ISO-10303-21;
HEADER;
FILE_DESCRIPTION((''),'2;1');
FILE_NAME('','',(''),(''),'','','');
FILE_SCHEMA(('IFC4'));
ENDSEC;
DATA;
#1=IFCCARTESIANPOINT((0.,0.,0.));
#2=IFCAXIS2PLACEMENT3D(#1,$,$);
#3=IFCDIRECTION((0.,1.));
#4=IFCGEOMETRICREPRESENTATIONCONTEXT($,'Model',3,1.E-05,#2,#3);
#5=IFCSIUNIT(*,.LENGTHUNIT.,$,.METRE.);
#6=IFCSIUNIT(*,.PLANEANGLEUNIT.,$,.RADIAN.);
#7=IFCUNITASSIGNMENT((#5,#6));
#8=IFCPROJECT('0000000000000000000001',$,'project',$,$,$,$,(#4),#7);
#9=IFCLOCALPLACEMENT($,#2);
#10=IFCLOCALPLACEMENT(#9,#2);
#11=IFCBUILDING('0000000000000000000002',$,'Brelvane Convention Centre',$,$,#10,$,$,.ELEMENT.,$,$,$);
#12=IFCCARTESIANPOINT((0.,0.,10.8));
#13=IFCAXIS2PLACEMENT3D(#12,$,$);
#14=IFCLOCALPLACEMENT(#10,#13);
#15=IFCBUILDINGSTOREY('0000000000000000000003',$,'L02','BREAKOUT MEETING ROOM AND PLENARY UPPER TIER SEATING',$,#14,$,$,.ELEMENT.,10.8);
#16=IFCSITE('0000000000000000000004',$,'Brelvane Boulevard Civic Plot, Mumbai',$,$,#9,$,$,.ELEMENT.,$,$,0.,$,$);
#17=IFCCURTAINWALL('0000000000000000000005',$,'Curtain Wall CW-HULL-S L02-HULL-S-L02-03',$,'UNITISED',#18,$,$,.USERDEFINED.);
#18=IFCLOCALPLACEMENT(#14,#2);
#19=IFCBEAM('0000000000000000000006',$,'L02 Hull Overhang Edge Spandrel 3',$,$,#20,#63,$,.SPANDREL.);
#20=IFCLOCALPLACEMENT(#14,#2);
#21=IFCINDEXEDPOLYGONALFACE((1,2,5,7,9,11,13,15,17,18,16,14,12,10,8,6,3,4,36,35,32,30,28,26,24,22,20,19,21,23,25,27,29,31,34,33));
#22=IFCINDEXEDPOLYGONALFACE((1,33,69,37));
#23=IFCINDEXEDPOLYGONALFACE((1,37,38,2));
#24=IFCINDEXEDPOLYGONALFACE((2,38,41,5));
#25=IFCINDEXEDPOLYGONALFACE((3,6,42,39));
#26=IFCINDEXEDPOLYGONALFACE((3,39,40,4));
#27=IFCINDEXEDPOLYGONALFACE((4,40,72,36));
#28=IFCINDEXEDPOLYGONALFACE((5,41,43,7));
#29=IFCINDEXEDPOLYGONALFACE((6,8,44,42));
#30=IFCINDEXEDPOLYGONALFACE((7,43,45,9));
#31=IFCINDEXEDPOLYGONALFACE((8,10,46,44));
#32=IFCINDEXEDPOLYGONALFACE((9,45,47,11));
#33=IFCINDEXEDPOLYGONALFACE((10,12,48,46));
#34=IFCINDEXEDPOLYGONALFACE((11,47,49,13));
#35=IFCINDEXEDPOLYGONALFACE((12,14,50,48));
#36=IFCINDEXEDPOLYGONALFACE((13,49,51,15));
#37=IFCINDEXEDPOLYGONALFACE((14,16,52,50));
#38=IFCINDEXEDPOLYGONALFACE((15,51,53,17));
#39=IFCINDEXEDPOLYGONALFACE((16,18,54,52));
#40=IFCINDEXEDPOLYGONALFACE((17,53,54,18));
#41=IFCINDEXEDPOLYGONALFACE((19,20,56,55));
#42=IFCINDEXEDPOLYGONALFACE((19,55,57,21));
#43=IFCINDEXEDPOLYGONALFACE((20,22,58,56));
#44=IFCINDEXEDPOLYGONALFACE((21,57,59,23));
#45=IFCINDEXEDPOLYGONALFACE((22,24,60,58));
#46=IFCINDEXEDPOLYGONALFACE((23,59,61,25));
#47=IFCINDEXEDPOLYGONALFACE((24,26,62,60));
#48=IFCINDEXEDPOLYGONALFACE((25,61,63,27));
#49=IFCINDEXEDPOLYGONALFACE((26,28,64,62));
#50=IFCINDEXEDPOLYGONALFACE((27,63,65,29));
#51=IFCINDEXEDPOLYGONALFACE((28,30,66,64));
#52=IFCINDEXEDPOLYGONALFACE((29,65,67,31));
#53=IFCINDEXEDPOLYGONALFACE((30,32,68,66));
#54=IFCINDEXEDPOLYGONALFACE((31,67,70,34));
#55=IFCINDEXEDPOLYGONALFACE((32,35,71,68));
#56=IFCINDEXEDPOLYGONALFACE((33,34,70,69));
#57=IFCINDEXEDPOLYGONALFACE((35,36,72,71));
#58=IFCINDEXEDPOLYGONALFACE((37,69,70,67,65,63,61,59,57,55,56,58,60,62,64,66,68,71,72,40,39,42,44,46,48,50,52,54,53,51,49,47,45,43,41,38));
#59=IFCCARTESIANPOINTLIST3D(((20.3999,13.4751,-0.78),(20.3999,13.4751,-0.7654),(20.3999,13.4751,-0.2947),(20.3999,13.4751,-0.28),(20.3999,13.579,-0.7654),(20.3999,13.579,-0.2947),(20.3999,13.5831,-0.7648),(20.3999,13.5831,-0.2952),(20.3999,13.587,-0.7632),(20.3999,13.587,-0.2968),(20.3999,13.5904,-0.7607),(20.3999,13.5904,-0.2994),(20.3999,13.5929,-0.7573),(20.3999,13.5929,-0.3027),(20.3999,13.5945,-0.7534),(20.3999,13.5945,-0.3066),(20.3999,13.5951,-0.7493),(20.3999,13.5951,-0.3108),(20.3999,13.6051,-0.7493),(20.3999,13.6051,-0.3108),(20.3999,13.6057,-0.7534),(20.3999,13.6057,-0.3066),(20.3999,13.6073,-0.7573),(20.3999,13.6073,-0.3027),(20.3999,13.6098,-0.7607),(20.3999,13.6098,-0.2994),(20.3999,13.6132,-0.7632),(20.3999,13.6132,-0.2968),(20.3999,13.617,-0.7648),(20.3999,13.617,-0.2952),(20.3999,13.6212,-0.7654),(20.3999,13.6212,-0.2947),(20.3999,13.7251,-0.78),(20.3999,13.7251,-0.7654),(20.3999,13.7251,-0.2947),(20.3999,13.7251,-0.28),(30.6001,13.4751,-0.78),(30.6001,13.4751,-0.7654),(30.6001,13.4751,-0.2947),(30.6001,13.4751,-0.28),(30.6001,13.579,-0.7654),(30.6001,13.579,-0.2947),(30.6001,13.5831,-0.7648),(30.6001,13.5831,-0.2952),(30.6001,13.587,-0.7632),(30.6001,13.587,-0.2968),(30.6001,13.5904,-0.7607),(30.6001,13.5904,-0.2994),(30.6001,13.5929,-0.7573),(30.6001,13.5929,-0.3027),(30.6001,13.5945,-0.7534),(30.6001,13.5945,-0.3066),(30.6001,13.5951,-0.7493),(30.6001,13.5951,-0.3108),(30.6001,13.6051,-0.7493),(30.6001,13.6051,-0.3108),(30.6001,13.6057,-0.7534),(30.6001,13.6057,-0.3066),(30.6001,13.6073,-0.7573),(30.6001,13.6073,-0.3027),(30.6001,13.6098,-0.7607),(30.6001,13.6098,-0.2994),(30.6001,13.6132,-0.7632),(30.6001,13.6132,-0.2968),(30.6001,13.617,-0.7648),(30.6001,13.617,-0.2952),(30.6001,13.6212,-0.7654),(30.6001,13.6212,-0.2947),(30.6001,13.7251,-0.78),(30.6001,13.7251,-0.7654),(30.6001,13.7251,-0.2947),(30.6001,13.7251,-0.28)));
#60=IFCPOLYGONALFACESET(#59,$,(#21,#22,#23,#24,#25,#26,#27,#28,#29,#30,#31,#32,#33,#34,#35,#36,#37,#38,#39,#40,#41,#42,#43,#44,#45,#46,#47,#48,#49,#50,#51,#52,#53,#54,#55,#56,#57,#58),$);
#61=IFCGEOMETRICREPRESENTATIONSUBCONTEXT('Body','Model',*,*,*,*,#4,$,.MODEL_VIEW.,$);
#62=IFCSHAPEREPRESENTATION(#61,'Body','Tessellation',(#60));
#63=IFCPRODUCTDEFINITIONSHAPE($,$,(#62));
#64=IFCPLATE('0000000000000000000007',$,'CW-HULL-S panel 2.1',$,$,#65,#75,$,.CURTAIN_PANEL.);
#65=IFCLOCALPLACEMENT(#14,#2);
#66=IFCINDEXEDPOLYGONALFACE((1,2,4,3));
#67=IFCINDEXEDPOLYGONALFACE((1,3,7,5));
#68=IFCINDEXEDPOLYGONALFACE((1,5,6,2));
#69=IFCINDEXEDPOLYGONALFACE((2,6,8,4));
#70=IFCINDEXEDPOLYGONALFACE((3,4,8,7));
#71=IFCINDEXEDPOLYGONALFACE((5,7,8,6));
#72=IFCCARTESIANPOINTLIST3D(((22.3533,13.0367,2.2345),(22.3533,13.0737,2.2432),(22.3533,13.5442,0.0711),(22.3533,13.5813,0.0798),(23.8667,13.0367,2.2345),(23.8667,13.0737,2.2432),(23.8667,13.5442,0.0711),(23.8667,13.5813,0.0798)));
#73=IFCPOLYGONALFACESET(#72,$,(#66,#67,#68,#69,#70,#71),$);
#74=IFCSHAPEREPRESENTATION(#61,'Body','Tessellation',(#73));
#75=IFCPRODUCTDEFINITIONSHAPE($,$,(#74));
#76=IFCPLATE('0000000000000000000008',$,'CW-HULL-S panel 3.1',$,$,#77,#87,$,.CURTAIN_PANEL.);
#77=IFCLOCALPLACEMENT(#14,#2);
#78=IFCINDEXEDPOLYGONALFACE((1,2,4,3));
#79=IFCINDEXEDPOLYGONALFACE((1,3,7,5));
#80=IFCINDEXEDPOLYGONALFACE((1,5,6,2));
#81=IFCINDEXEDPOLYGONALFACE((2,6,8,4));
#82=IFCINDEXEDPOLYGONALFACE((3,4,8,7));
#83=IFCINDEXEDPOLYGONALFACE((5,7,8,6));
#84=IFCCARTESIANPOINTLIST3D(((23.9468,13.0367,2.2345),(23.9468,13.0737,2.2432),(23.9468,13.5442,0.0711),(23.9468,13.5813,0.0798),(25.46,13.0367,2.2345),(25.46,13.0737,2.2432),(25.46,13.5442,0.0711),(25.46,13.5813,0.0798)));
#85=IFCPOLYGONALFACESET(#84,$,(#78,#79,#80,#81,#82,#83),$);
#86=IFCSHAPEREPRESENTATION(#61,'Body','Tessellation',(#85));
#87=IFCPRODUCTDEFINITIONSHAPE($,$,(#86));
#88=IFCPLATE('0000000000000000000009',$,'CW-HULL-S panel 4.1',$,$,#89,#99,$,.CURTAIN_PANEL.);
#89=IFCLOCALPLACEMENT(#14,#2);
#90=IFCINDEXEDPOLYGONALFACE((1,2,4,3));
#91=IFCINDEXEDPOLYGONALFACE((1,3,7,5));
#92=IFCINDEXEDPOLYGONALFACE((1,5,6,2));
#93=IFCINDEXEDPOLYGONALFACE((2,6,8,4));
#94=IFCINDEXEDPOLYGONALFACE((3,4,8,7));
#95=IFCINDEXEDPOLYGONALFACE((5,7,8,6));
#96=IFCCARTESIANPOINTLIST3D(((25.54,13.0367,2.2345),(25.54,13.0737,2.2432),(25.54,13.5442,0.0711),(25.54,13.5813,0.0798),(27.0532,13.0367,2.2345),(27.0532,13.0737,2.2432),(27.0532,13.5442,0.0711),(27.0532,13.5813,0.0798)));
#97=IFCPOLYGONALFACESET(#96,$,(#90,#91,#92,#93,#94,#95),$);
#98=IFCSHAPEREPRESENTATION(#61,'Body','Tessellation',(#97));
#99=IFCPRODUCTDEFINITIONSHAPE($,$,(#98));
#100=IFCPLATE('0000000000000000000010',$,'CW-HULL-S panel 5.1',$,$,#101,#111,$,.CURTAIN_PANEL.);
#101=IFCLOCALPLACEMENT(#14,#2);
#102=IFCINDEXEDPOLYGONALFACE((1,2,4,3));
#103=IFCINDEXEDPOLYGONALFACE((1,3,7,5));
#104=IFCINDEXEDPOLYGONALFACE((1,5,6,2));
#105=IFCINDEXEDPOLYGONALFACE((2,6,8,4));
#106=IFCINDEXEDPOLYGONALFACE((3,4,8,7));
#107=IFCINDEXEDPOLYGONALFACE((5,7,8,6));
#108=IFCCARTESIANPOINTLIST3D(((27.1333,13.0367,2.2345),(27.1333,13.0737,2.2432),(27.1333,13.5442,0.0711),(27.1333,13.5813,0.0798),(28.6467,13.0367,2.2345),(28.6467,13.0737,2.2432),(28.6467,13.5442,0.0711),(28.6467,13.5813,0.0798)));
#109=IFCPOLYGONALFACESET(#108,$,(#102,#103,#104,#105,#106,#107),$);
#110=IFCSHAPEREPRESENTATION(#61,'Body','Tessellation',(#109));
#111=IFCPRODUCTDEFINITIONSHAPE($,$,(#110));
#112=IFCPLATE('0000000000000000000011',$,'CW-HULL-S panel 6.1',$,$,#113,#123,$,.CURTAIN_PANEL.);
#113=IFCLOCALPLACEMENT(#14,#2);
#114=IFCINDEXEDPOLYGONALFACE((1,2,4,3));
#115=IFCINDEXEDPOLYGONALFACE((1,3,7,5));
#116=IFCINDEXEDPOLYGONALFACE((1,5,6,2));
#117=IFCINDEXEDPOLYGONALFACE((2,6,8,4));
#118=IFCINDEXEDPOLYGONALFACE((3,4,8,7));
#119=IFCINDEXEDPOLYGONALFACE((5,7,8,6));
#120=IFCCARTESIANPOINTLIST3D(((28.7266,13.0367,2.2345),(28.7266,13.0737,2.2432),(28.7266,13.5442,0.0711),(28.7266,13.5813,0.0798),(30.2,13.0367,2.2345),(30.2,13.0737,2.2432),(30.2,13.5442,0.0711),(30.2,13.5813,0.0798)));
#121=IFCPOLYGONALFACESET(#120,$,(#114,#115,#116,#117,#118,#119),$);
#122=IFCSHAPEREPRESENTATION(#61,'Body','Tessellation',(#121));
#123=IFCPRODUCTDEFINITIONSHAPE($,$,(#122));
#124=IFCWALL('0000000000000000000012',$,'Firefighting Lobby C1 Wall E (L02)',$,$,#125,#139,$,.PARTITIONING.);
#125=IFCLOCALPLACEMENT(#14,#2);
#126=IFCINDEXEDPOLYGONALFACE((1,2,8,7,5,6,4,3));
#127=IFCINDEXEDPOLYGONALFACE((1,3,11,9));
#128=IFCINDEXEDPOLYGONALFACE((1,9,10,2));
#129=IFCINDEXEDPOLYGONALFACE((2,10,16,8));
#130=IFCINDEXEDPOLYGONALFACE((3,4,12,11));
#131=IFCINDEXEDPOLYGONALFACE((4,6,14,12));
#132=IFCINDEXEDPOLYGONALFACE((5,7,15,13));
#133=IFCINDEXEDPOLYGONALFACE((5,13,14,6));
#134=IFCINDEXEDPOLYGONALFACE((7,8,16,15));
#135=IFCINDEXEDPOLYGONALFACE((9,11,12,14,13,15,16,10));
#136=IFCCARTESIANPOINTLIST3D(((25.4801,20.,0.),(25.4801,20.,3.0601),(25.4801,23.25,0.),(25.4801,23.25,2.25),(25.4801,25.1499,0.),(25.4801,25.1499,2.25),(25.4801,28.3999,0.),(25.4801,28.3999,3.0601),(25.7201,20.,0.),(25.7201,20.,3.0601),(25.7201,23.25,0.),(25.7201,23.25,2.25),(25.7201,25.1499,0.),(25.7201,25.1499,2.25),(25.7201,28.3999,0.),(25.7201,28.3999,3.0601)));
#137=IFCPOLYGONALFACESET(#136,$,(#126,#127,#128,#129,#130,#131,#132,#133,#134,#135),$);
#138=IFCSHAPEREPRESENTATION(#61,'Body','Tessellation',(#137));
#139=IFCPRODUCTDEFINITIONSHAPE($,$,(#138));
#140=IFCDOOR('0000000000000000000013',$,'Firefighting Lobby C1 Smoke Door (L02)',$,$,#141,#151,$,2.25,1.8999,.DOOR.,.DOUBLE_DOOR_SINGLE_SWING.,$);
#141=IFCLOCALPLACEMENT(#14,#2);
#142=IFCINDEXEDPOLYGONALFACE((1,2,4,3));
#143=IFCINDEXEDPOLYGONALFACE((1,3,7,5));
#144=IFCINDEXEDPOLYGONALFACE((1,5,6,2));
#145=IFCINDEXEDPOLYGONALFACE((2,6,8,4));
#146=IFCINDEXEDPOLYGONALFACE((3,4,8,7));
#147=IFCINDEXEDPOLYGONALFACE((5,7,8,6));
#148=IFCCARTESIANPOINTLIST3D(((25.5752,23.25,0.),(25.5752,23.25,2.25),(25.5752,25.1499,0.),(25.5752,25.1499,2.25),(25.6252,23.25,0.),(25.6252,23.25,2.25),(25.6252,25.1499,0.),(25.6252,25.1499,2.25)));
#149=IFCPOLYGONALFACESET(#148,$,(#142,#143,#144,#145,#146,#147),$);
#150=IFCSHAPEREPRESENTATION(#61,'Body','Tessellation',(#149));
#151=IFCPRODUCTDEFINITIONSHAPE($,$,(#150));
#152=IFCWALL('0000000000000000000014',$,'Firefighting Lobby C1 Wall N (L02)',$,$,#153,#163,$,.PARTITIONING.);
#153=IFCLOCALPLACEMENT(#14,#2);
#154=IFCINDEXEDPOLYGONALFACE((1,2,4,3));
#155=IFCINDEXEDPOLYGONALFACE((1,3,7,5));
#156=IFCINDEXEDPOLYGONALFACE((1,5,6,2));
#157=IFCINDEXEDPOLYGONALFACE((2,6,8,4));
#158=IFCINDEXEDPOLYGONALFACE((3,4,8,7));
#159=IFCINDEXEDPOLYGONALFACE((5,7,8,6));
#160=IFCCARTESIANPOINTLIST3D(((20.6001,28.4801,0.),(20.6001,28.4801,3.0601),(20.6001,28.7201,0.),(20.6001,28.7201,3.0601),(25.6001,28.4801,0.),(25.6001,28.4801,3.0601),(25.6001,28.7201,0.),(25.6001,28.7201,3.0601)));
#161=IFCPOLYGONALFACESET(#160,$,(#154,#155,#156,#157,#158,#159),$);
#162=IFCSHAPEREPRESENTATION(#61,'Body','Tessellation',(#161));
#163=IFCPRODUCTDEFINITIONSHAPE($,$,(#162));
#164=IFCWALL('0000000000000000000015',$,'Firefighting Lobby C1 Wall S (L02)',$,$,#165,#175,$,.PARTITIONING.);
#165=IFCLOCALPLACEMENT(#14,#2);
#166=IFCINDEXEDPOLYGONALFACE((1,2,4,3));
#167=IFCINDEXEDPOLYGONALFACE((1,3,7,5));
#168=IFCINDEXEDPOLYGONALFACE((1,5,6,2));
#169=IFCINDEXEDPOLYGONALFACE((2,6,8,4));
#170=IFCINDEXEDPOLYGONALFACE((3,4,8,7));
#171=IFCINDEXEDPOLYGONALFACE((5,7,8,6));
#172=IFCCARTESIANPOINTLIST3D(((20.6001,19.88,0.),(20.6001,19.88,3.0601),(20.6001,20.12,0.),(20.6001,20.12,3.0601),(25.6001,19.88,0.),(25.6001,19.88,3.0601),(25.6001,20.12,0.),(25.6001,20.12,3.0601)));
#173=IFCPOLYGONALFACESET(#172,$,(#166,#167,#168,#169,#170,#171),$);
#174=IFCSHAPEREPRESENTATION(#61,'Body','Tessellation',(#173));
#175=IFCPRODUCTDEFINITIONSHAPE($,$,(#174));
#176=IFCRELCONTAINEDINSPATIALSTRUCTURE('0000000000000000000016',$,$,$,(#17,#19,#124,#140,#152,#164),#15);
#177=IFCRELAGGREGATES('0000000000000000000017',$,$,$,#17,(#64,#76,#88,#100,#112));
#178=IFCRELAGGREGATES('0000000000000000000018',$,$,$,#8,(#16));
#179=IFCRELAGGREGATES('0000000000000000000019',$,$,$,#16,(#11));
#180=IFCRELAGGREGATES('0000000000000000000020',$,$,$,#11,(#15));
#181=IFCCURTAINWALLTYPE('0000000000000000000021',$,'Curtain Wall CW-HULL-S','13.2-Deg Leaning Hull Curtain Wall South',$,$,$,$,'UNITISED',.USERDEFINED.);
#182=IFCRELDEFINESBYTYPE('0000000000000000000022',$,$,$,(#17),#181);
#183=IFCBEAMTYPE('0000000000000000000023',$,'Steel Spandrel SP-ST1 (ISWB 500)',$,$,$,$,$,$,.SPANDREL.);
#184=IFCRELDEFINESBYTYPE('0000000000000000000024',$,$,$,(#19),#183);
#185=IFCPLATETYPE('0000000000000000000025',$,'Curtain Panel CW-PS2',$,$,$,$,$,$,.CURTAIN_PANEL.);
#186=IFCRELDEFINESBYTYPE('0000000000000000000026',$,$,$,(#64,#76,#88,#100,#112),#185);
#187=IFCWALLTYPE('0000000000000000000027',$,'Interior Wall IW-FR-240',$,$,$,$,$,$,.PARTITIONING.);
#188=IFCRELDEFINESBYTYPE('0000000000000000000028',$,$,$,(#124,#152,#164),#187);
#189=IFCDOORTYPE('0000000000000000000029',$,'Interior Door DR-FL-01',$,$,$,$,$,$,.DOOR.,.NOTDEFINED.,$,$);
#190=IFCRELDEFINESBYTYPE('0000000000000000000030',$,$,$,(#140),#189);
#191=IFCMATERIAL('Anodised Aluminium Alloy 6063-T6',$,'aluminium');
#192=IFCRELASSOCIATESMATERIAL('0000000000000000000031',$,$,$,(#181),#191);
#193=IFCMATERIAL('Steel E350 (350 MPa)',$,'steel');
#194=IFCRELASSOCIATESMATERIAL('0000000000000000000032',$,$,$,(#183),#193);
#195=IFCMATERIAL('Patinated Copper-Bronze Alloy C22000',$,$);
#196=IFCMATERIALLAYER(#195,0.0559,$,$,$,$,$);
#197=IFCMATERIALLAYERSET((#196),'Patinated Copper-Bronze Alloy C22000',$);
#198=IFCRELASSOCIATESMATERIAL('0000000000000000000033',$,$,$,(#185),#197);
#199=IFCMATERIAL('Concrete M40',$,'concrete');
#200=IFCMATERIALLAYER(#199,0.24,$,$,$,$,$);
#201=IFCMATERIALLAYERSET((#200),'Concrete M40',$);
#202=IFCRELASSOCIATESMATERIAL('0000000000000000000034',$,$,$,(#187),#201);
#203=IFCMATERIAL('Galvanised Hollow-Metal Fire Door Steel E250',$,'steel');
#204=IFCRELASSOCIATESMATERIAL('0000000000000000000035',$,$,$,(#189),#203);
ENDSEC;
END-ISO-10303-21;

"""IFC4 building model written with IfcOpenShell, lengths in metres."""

from ifc_helpers import new_model, si_unit, direction, frame, frame_2d, origin, origin_2d, place, context, subcontext, project, spatial, polyline, rectangle, i_section, outline, extrude, material, layer, layer_set, material_profile, profile_set, type_object, element, fill, aggregate, save


model = new_model("IFC4")

# Units and contexts
model_context = context("Model", 3, precision=1e-05, world=origin(), true_north=direction((0.0, 1.0)))
body_context = subcontext(model_context, "Body", "Model", "MODEL_VIEW")
ifc_project = project(units=[si_unit("LENGTHUNIT", "METRE"), si_unit("PLANEANGLEUNIT", "RADIAN")], contexts=[model_context])

# Site, building, storey
site_placement = place(None, origin())
site = spatial("IfcSite", under=ifc_project, at=site_placement, Name="Brelvane Boulevard Civic Plot, Mumbai", CompositionType="ELEMENT", RefElevation=0.0)
building_placement = place(site_placement, origin())
building = spatial("IfcBuilding", under=site, at=building_placement, Name="Brelvane Convention Centre", CompositionType="ELEMENT")
storey_placement = place(building_placement, frame((0.0, 0.0, 10.8)))
storey = spatial("IfcBuildingStorey", under=building, at=storey_placement, Name="L02", Description="BREAKOUT MEETING ROOM AND PLENARY UPPER TIER SEATING", CompositionType="ELEMENT", Elevation=10.8)

# Shared definitions
ifc_material_1 = material(Name="Anodised Aluminium Alloy 6063-T6", Category="aluminium")
curtain_wall_type = type_object("IfcCurtainWallType", Name="Curtain Wall CW-HULL-S", Description="13.2-Deg Leaning Hull Curtain Wall South", ElementType="UNITISED", PredefinedType="USERDEFINED", material=ifc_material_1)

# Curtain wall
curtain_wall_1_placement = place(storey_placement, origin())
curtain_wall_1 = element("IfcCurtainWall", 1, at=curtain_wall_1_placement, inside=storey, type_object=curtain_wall_type, Name="Curtain Wall CW-HULL-S L02-HULL-S-L02-03", ObjectType="UNITISED", PredefinedType="USERDEFINED")

# Beam
ifc_material_2 = material(Name="Steel E350 (350 MPa)", Category="steel")
ifc_material_profile_1 = material_profile(ifc_material_2, i_section(OverallWidth=0.25, OverallDepth=0.5, WebThickness=0.01, FlangeThickness=0.0146, FilletRadius=0.0161, at=origin_2d()), Name="ISWB 500")
ifc_profile_set_1 = profile_set([ifc_material_profile_1], Name="Steel E350 (350 MPa)")
beam_type_1 = type_object("IfcBeamType", Name="Steel Spandrel SP-ST1 (ISWB 500)", PredefinedType="SPANDREL", material=ifc_profile_set_1)
beam_1_placement = place(storey_placement, frame((20.3999, 13.6001, -0.53), z_axis=(1.0, 0.0, 0.0), x_axis=(0.0, 1.0, 0.0)))
element("IfcBeam", 2, at=beam_1_placement, inside=storey, type_object=beam_type_1, Name="L02 Hull Overhang Edge Spandrel 3", PredefinedType="SPANDREL", context=body_context, shape_type="SweptSolid", body=[
    extrude(i_section(OverallWidth=0.25, OverallDepth=0.5, WebThickness=0.01, FlangeThickness=0.0146, FilletRadius=0.0161, at=origin_2d()), origin(), (0.0, 0.0, 1.0), 10.2002),
])

# Plates
ifc_material_3 = material(Name="Patinated Copper-Bronze Alloy C22000")
ifc_layer_1 = layer(ifc_material_3, 0.0559)
ifc_layer_set_1 = layer_set([ifc_layer_1], Name="Patinated Copper-Bronze Alloy C22000")
plate_type = type_object("IfcPlateType", Name="Curtain Panel CW-PS2", PredefinedType="CURTAIN_PANEL", material=ifc_layer_set_1)
plate_1_placement = place(storey_placement, frame((22.3533, 13.5813, 0.0798), z_axis=(0.0, 0.973563, 0.228421), x_axis=(1.0, 0.0, 0.0)))
plate_1 = element("IfcPlate", 3, at=plate_1_placement, type_object=plate_type, Name="CW-HULL-S panel 2.1", PredefinedType="CURTAIN_PANEL", context=body_context, shape_type="SweptSolid", body=[
    extrude(outline(polyline([(0.0, 0.0), (1.5134, 0.0), (1.5134, -2.2221), (0.0, -2.2221), (0.0, 0.0)])), origin(), (0.0, 0.0, -1.0), 0.0381),
])
plate_2_placement = place(storey_placement, frame((23.9468, 13.5813, 0.0798), z_axis=(0.0, 0.973563, 0.228421), x_axis=(1.0, 0.0, 0.0)))
plate_2 = element("IfcPlate", 4, at=plate_2_placement, type_object=plate_type, Name="CW-HULL-S panel 3.1", PredefinedType="CURTAIN_PANEL", context=body_context, shape_type="SweptSolid", body=[
    extrude(outline(polyline([(0.0, 0.0), (1.5132, 0.0), (1.5132, -2.2221), (0.0, -2.2221), (0.0, 0.0)])), origin(), (0.0, 0.0, -1.0), 0.0381),
])
plate_3_placement = place(storey_placement, frame((25.54, 13.5813, 0.0798), z_axis=(0.0, 0.973563, 0.228421), x_axis=(1.0, 0.0, 0.0)))
plate_3 = element("IfcPlate", 5, at=plate_3_placement, type_object=plate_type, Name="CW-HULL-S panel 4.1", PredefinedType="CURTAIN_PANEL", context=body_context, shape_type="SweptSolid", body=[
    extrude(outline(polyline([(0.0, 0.0), (1.5132, 0.0), (1.5132, -2.2221), (0.0, -2.2221), (0.0, 0.0)])), origin(), (0.0, 0.0, -1.0), 0.0381),
])
plate_4_placement = place(storey_placement, frame((27.1333, 13.5813, 0.0798), z_axis=(0.0, 0.973563, 0.228421), x_axis=(1.0, 0.0, 0.0)))
plate_4 = element("IfcPlate", 6, at=plate_4_placement, type_object=plate_type, Name="CW-HULL-S panel 5.1", PredefinedType="CURTAIN_PANEL", context=body_context, shape_type="SweptSolid", body=[
    extrude(outline(polyline([(0.0, 0.0), (1.5134, 0.0), (1.5134, -2.2221), (0.0, -2.2221), (0.0, 0.0)])), origin(), (0.0, 0.0, -1.0), 0.0381),
])
plate_5_placement = place(storey_placement, frame((28.7266, 13.5813, 0.0798), z_axis=(0.0, 0.973563, 0.228421), x_axis=(1.0, 0.0, 0.0)))
plate_5 = element("IfcPlate", 7, at=plate_5_placement, type_object=plate_type, Name="CW-HULL-S panel 6.1", PredefinedType="CURTAIN_PANEL", context=body_context, shape_type="SweptSolid", body=[
    extrude(outline(polyline([(0.0, 0.0), (1.4734, 0.0), (1.4734, -2.2221), (0.0, -2.2221), (0.0, 0.0)])), origin(), (0.0, 0.0, -1.0), 0.0381),
])
aggregate(curtain_wall_1, [plate_1, plate_2, plate_3, plate_4, plate_5])

# Wall, opening, door
ifc_material_4 = material(Name="Concrete M40", Category="concrete")
ifc_layer_2 = layer(ifc_material_4, 0.24)
ifc_layer_set_2 = layer_set([ifc_layer_2], Name="Concrete M40")
wall_type_1 = type_object("IfcWallType", Name="Interior Wall IW-FR-240", PredefinedType="PARTITIONING", material=ifc_layer_set_2)
wall_1_placement = place(storey_placement, frame((25.6001, 20.0, 0.0), z_axis=(0.0, 0.0, 1.0), x_axis=(0.0, 1.0, 0.0)))
wall_1 = element("IfcWall", 8, at=wall_1_placement, inside=storey, type_object=wall_type_1, Name="Firefighting Lobby C1 Wall E (L02)", PredefinedType="PARTITIONING", context=body_context, shape_type="SweptSolid", body=[
    extrude(rectangle(XDim=8.3999, YDim=0.24, at=frame_2d((4.2, 0.0))), origin(), (0.0, 0.0, 1.0), 3.0601),
])
opening_1_placement = place(wall_1_placement, frame((3.25, 0.0, 0.0)))
opening_1 = element("IfcOpeningElement", 9, at=opening_1_placement, cuts=wall_1, PredefinedType="OPENING", context=body_context, shape_type="SweptSolid", body=[
    extrude(rectangle(XDim=1.8999, YDim=2.25, at=frame_2d((0.95, 1.125))), frame((0.0, 0.1299, 0.0), z_axis=(0.0, -1.0, 0.0), x_axis=(1.0, 0.0, 0.0)), (0.0, 0.0, 1.0), 0.26),
])
ifc_material_5 = material(Name="Galvanised Hollow-Metal Fire Door Steel E250", Category="steel")
door_type_1 = type_object("IfcDoorType", Name="Interior Door DR-FL-01", OperationType="NOTDEFINED", PredefinedType="DOOR", material=ifc_material_5)
door_1_placement = place(opening_1_placement, origin())
door_1 = element("IfcDoor", 10, at=door_1_placement, inside=storey, type_object=door_type_1, Name="Firefighting Lobby C1 Smoke Door (L02)", OperationType="DOUBLE_DOOR_SINGLE_SWING", OverallHeight=2.25, OverallWidth=1.8999, PredefinedType="DOOR", context=body_context, shape_type="SweptSolid", body=[
    extrude(rectangle(XDim=1.8999, YDim=2.25, at=frame_2d((0.95, 1.125))), frame((0.0, 0.0249, 0.0), z_axis=(0.0, -1.0, 0.0), x_axis=(1.0, 0.0, 0.0)), (0.0, 0.0, 1.0), 0.05),
])
fill(opening_1, door_1)

# Walls
for number, where, z_axis, x_axis, name in (
    (11, (20.6001, 28.6001, 0.0), (0.0, 0.0, 1.0), (1.0, 0.0, 0.0), "Firefighting Lobby C1 Wall N (L02)"),
    (12, (20.6001, 20.0, 0.0), (0.0, 0.0, 1.0), (1.0, 0.0, 0.0), "Firefighting Lobby C1 Wall S (L02)"),
):
    element("IfcWall", number, at=place(storey_placement, frame(where, z_axis=z_axis, x_axis=x_axis)), inside=storey, type_object=wall_type_1, Name=name, PredefinedType="PARTITIONING", context=body_context, shape_type="SweptSolid", body=[
        extrude(rectangle(XDim=5.0, YDim=0.24, at=frame_2d((2.5, 0.0))), origin(), (0.0, 0.0, 1.0), 3.0601),
    ])

save(model, "model.ifc")
